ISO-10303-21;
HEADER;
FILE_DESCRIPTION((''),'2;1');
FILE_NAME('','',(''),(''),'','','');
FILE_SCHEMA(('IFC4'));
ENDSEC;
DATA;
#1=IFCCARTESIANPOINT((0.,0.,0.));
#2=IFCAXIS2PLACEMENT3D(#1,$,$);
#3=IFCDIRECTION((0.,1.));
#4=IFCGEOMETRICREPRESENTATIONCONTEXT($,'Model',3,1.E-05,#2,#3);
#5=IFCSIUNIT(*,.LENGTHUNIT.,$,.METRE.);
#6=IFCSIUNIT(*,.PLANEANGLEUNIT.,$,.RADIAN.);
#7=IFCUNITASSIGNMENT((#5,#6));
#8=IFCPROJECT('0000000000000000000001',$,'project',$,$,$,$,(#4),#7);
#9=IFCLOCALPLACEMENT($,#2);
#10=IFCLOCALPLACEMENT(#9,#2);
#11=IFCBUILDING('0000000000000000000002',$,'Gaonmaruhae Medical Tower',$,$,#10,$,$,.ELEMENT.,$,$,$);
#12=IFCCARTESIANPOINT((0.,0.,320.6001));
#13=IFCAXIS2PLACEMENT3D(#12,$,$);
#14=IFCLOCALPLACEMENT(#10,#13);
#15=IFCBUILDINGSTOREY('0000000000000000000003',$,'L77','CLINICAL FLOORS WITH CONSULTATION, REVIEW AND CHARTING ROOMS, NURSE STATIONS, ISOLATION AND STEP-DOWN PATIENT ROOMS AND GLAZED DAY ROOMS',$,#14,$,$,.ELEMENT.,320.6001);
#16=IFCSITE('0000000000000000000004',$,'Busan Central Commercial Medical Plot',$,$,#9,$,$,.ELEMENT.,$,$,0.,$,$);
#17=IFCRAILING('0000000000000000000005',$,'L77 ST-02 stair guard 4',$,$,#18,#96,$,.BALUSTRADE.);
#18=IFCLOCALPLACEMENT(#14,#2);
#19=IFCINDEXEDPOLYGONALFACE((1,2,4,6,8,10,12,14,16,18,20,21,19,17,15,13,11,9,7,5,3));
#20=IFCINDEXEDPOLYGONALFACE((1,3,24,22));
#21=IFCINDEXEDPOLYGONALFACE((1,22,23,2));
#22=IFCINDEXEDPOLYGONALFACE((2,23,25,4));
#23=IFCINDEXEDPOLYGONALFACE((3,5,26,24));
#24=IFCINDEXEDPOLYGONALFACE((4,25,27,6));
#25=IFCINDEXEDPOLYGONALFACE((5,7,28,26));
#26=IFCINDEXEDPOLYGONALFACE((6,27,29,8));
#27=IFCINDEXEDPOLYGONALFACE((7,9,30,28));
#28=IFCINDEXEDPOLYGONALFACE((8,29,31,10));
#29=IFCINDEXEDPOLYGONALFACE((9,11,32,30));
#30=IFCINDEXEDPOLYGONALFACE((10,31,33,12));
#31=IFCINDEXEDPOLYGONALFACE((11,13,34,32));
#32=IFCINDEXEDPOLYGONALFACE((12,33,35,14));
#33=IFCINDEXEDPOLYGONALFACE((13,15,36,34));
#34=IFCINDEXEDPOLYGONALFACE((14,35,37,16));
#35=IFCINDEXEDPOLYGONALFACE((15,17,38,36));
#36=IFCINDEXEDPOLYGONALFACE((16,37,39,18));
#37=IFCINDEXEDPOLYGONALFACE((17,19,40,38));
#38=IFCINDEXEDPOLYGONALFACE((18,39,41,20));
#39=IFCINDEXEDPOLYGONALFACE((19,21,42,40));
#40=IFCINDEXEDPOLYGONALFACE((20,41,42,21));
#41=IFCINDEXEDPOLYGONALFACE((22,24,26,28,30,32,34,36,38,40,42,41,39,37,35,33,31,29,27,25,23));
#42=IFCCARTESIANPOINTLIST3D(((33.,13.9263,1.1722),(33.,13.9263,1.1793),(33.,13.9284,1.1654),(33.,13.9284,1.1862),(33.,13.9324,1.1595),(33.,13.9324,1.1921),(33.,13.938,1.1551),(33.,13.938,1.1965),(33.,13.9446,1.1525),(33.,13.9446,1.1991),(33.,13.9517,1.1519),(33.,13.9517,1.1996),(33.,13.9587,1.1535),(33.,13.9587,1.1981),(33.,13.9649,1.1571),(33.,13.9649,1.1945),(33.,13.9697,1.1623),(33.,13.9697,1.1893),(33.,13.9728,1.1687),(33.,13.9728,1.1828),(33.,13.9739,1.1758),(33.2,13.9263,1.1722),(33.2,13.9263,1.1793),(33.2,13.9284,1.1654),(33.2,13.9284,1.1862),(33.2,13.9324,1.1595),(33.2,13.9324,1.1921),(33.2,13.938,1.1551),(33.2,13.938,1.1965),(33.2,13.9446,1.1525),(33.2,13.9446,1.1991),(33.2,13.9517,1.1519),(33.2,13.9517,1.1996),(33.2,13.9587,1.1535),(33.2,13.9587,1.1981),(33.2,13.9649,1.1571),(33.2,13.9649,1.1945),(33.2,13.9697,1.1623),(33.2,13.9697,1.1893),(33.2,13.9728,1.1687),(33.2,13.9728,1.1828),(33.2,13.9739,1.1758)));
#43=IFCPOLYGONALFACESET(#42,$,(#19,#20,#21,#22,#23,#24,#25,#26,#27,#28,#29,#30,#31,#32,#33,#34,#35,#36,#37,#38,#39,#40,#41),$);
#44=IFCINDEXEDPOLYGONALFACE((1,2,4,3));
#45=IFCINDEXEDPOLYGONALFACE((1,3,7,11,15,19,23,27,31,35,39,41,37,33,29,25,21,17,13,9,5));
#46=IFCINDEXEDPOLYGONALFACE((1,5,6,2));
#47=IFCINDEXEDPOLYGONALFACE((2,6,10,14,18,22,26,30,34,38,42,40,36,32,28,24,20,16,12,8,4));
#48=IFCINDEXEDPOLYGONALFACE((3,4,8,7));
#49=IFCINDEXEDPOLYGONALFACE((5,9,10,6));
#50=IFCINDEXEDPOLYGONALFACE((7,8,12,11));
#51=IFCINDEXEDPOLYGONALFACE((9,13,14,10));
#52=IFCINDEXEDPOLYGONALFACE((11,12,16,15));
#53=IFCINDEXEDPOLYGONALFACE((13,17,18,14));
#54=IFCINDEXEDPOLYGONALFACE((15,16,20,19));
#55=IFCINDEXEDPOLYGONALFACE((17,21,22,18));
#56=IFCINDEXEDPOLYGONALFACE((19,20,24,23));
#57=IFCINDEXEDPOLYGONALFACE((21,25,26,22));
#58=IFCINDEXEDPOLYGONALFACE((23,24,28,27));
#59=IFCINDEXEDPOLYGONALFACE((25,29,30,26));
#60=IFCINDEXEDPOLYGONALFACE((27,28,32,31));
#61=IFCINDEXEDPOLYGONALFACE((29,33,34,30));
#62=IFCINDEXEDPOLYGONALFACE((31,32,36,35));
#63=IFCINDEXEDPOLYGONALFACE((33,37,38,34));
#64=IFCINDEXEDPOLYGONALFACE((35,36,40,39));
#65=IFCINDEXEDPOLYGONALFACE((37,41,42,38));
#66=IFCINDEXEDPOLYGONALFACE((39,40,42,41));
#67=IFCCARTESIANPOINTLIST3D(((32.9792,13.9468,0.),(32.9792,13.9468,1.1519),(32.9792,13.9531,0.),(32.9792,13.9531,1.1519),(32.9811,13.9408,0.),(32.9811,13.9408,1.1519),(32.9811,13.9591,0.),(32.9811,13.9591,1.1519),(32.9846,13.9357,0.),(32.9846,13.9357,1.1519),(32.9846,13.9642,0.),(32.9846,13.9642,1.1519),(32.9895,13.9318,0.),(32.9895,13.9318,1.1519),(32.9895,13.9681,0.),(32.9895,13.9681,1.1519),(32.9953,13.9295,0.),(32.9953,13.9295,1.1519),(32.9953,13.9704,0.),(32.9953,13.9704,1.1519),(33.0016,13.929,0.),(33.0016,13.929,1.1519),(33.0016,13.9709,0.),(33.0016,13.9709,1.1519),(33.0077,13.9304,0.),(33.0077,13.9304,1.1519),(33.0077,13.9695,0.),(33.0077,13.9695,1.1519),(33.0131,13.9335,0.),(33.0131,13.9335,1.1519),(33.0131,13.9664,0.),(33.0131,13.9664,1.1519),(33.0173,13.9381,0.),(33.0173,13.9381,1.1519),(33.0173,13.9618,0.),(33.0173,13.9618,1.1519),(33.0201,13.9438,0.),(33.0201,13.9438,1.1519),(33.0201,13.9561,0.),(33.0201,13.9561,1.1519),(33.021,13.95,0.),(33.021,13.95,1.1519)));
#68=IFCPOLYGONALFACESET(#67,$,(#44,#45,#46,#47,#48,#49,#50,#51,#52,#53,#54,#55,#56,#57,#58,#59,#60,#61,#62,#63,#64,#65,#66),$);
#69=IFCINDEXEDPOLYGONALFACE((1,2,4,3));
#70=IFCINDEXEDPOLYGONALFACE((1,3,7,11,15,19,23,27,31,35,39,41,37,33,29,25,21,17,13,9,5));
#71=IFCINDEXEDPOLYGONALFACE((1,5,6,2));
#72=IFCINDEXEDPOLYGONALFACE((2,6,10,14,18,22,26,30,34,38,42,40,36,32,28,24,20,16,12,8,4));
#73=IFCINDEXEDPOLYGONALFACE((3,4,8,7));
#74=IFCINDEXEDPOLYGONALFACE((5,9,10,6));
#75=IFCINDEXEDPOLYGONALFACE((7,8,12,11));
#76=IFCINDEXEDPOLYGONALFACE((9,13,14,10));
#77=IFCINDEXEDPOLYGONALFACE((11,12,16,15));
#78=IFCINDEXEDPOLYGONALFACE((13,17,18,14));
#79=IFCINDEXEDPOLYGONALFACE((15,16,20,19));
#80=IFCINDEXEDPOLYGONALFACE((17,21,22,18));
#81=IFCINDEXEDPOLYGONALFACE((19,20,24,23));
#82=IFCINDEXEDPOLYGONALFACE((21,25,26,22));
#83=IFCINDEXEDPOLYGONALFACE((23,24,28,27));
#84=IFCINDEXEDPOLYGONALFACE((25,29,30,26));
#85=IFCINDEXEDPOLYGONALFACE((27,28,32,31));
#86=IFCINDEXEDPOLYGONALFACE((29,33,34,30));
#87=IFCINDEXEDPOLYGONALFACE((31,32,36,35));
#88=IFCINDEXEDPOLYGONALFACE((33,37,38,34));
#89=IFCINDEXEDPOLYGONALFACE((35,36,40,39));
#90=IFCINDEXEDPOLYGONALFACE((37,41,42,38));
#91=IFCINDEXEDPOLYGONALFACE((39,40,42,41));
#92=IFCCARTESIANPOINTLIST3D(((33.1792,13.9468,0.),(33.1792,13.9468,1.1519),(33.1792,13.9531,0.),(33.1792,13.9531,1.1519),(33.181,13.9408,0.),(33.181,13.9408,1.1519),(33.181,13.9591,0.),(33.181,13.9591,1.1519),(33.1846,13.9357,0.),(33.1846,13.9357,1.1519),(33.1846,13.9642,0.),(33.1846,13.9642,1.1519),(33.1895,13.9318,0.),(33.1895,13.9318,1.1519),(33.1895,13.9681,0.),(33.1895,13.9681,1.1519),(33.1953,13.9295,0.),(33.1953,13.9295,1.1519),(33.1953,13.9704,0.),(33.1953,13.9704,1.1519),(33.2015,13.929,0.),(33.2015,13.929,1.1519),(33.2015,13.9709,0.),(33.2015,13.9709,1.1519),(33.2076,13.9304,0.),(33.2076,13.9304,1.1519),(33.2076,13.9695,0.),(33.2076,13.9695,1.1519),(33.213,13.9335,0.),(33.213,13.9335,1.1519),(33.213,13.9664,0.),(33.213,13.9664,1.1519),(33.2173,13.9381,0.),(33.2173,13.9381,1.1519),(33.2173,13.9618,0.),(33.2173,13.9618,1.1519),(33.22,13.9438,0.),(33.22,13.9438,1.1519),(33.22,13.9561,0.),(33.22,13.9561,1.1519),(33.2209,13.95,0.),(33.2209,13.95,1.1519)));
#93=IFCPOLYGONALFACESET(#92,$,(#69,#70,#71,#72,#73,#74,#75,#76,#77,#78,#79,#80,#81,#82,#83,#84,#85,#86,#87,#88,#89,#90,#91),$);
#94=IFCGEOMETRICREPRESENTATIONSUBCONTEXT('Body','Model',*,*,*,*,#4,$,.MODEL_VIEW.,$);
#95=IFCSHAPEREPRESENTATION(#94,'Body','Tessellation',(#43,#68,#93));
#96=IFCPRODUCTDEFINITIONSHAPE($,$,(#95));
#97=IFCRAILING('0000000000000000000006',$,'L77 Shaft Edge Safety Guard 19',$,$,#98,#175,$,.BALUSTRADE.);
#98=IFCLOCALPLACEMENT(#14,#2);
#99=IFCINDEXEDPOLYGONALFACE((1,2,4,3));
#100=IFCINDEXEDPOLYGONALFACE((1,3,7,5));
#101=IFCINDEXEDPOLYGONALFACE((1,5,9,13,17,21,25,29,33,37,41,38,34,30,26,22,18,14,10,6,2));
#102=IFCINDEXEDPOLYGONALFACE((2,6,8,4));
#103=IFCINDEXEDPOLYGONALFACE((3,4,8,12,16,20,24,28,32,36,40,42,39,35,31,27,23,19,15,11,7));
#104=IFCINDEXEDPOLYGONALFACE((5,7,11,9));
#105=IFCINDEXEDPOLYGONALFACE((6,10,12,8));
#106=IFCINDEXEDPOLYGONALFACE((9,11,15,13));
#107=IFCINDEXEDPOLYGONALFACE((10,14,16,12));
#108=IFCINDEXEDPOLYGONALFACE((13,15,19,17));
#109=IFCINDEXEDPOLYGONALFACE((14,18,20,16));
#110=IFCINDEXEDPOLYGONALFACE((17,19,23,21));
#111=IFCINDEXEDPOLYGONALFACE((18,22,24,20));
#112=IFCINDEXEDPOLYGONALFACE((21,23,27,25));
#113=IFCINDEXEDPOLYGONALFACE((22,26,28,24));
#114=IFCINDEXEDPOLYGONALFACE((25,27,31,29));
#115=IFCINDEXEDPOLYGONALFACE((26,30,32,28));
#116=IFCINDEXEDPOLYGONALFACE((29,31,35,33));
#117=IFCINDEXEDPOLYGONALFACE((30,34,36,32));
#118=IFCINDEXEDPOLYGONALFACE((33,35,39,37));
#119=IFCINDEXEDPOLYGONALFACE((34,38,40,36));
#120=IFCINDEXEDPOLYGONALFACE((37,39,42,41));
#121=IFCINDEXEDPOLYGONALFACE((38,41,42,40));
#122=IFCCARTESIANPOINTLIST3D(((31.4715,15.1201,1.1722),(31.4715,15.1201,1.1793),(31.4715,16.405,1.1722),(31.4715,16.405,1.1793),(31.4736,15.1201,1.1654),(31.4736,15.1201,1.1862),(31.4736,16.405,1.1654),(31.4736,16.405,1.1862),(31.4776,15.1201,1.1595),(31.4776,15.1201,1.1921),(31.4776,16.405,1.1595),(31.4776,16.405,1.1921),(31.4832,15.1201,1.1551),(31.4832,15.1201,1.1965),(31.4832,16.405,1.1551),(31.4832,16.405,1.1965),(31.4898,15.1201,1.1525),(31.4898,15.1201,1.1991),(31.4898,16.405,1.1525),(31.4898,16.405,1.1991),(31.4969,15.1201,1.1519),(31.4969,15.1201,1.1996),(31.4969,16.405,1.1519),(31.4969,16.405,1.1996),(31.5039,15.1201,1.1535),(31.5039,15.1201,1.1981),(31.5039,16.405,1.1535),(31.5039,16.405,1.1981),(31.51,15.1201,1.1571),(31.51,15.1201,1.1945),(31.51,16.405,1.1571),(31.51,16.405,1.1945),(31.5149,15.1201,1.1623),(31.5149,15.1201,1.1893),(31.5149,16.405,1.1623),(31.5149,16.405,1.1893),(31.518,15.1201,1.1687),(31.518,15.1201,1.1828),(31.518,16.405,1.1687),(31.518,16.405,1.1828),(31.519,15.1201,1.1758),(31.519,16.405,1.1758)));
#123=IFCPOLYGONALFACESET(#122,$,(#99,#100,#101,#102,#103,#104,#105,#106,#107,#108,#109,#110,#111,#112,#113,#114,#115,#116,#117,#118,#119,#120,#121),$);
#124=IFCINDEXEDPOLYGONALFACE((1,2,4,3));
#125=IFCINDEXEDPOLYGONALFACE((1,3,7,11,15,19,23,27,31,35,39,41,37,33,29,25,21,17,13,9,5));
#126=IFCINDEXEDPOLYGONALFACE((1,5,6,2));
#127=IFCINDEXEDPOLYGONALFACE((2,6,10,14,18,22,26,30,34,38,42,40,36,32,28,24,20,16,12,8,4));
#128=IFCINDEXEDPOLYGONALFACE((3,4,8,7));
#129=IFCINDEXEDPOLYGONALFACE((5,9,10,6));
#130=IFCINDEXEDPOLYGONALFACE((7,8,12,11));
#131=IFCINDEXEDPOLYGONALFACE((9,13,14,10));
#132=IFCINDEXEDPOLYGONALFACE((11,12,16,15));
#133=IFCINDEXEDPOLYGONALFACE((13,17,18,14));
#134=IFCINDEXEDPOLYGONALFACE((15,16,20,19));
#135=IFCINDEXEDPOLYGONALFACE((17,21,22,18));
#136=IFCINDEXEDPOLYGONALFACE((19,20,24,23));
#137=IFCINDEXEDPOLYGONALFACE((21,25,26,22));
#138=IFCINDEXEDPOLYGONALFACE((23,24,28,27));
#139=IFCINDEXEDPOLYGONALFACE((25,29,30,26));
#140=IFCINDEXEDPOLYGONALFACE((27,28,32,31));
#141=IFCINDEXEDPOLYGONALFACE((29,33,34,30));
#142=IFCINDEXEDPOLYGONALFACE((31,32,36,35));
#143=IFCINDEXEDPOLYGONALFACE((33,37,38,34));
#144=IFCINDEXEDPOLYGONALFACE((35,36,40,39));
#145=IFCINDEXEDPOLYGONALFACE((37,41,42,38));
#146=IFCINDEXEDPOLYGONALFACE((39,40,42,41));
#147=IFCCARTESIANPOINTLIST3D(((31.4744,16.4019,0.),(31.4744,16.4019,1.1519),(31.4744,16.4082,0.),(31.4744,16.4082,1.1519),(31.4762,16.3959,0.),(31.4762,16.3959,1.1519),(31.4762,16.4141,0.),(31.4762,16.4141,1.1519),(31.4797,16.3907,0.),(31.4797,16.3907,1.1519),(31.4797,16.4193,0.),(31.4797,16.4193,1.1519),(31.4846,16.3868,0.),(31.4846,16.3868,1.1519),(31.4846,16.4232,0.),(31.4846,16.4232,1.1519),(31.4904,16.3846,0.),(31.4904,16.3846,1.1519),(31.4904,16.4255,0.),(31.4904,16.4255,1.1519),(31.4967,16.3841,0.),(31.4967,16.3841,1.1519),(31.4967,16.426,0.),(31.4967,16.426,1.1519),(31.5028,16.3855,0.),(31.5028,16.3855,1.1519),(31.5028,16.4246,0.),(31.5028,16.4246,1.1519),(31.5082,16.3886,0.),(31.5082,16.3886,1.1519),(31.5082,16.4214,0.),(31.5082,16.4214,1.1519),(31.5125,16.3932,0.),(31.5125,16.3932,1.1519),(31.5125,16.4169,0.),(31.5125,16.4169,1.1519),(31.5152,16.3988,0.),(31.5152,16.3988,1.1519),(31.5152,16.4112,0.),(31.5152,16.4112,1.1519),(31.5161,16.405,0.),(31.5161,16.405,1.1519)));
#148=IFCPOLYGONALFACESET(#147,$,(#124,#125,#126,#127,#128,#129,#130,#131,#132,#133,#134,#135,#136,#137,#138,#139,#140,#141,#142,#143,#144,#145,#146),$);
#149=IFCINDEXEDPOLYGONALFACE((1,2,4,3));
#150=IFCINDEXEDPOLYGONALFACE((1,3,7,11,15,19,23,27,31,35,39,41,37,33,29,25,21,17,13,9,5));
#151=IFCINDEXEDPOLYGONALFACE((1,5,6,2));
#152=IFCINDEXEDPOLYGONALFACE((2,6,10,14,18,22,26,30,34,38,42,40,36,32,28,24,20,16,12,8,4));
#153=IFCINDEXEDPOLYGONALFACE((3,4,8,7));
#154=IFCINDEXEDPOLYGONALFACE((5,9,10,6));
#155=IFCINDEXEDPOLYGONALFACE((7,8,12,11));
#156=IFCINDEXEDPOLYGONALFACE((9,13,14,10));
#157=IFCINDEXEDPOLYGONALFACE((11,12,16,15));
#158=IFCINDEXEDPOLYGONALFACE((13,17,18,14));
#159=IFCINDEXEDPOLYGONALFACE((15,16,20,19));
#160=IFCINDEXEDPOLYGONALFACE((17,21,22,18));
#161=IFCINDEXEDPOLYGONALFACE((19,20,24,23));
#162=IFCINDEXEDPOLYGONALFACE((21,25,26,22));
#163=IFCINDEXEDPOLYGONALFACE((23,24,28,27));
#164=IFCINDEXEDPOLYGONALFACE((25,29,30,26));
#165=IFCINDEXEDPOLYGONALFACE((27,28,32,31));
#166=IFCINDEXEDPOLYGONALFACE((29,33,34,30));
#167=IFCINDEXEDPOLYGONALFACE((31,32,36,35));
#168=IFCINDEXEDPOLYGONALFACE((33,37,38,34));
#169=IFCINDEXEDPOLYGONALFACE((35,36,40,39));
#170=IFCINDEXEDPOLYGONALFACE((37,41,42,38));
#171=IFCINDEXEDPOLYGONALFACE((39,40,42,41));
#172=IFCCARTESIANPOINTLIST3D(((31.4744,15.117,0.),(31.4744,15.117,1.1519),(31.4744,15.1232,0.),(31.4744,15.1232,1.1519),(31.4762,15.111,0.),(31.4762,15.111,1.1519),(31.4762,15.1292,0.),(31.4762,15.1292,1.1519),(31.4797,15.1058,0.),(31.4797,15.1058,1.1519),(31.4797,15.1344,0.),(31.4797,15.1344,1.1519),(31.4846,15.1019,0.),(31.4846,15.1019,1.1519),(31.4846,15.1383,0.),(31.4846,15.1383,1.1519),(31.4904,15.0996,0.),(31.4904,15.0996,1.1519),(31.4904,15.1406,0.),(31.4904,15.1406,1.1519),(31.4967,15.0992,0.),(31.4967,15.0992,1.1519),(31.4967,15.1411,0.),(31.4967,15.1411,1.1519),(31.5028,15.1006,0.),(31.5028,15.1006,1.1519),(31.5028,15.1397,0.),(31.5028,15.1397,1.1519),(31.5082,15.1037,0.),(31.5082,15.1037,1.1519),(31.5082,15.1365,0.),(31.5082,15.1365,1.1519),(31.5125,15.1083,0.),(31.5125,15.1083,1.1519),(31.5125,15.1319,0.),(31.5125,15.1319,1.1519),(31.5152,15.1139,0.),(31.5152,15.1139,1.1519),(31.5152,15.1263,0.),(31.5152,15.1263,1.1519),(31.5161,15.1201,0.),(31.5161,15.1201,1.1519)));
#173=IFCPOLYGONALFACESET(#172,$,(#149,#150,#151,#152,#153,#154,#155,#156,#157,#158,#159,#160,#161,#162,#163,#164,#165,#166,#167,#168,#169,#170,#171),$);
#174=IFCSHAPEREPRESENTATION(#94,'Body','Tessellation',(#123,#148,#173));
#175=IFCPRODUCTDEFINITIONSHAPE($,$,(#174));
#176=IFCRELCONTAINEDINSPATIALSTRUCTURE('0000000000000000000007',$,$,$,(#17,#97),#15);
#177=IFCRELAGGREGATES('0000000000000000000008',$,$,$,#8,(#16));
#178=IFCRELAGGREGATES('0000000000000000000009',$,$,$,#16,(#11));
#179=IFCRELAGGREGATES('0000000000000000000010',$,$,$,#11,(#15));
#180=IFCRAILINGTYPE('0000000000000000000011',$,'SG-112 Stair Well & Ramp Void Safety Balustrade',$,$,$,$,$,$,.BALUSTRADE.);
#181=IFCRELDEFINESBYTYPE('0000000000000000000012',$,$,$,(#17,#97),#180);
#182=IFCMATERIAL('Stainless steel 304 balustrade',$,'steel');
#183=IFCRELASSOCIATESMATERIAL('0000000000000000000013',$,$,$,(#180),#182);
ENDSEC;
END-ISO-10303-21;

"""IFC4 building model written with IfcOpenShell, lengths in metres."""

from ifc_helpers import new_model, si_unit, direction, frame, origin, origin_2d, place, context, subcontext, project, spatial, circle, extrude, material, type_object, element, save


model = new_model("IFC4")

# Units and contexts
model_context = context("Model", 3, precision=1e-05, world=origin(), true_north=direction((0.0, 1.0)))
body_context = subcontext(model_context, "Body", "Model", "MODEL_VIEW")
ifc_project = project(units=[si_unit("LENGTHUNIT", "METRE"), si_unit("PLANEANGLEUNIT", "RADIAN")], contexts=[model_context])

# Site, building, storey
site_placement = place(None, origin())
site = spatial("IfcSite", under=ifc_project, at=site_placement, Name="Busan Central Commercial Medical Plot", CompositionType="ELEMENT", RefElevation=0.0)
building_placement = place(site_placement, origin())
building = spatial("IfcBuilding", under=site, at=building_placement, Name="Gaonmaruhae Medical Tower", CompositionType="ELEMENT")
storey_placement = place(building_placement, frame((0.0, 0.0, 320.6001)))
storey = spatial("IfcBuildingStorey", under=building, at=storey_placement, Name="L77", Description="CLINICAL FLOORS WITH CONSULTATION, REVIEW AND CHARTING ROOMS, NURSE STATIONS, ISOLATION AND STEP-DOWN PATIENT ROOMS AND GLAZED DAY ROOMS", CompositionType="ELEMENT", Elevation=320.6001)

# Railings
ifc_material_1 = material(Name="Stainless steel 304 balustrade", Category="steel")
railing_type_1 = type_object("IfcRailingType", Name="SG-112 Stair Well & Ramp Void Safety Balustrade", PredefinedType="BALUSTRADE", material=ifc_material_1)
railing_1_placement = place(storey_placement, frame((33.0, 13.95, 0.0)))
element("IfcRailing", 1, at=railing_1_placement, inside=storey, type_object=railing_type_1, Name="L77 ST-02 stair guard 4", PredefinedType="BALUSTRADE", context=body_context, shape_type="SweptSolid", body=[
    extrude(circle(Radius=0.0239, at=origin_2d()), frame((0.0, 0.0, 1.1758), z_axis=(1.0, 0.0, 0.0), x_axis=(0.0, 1.0, 0.0)), (0.0, 0.0, 1.0), 0.2),
    extrude(circle(Radius=0.021, at=origin_2d()), origin(), (0.0, 0.0, 1.0), 1.1519),
    extrude(circle(Radius=0.021, at=origin_2d()), frame((0.2, 0.0, 0.0)), (0.0, 0.0, 1.0), 1.1519),
])
railing_2_placement = place(storey_placement, frame((31.4951, 16.405, 0.0)))
element("IfcRailing", 2, at=railing_2_placement, inside=storey, type_object=railing_type_1, Name="L77 Shaft Edge Safety Guard 19", PredefinedType="BALUSTRADE", context=body_context, shape_type="SweptSolid", body=[
    extrude(circle(Radius=0.0239, at=origin_2d()), frame((0.0, 0.0, 1.1758), z_axis=(0.0, -1.0, 0.0), x_axis=(1.0, 0.0, 0.0)), (0.0, 0.0, 1.0), 1.2849),
    extrude(circle(Radius=0.021, at=origin_2d()), origin(), (0.0, 0.0, 1.0), 1.1519),
    extrude(circle(Radius=0.021, at=origin_2d()), frame((0.0, -1.2849, 0.0)), (0.0, 0.0, 1.0), 1.1519),
])

save(model, "model.ifc")
